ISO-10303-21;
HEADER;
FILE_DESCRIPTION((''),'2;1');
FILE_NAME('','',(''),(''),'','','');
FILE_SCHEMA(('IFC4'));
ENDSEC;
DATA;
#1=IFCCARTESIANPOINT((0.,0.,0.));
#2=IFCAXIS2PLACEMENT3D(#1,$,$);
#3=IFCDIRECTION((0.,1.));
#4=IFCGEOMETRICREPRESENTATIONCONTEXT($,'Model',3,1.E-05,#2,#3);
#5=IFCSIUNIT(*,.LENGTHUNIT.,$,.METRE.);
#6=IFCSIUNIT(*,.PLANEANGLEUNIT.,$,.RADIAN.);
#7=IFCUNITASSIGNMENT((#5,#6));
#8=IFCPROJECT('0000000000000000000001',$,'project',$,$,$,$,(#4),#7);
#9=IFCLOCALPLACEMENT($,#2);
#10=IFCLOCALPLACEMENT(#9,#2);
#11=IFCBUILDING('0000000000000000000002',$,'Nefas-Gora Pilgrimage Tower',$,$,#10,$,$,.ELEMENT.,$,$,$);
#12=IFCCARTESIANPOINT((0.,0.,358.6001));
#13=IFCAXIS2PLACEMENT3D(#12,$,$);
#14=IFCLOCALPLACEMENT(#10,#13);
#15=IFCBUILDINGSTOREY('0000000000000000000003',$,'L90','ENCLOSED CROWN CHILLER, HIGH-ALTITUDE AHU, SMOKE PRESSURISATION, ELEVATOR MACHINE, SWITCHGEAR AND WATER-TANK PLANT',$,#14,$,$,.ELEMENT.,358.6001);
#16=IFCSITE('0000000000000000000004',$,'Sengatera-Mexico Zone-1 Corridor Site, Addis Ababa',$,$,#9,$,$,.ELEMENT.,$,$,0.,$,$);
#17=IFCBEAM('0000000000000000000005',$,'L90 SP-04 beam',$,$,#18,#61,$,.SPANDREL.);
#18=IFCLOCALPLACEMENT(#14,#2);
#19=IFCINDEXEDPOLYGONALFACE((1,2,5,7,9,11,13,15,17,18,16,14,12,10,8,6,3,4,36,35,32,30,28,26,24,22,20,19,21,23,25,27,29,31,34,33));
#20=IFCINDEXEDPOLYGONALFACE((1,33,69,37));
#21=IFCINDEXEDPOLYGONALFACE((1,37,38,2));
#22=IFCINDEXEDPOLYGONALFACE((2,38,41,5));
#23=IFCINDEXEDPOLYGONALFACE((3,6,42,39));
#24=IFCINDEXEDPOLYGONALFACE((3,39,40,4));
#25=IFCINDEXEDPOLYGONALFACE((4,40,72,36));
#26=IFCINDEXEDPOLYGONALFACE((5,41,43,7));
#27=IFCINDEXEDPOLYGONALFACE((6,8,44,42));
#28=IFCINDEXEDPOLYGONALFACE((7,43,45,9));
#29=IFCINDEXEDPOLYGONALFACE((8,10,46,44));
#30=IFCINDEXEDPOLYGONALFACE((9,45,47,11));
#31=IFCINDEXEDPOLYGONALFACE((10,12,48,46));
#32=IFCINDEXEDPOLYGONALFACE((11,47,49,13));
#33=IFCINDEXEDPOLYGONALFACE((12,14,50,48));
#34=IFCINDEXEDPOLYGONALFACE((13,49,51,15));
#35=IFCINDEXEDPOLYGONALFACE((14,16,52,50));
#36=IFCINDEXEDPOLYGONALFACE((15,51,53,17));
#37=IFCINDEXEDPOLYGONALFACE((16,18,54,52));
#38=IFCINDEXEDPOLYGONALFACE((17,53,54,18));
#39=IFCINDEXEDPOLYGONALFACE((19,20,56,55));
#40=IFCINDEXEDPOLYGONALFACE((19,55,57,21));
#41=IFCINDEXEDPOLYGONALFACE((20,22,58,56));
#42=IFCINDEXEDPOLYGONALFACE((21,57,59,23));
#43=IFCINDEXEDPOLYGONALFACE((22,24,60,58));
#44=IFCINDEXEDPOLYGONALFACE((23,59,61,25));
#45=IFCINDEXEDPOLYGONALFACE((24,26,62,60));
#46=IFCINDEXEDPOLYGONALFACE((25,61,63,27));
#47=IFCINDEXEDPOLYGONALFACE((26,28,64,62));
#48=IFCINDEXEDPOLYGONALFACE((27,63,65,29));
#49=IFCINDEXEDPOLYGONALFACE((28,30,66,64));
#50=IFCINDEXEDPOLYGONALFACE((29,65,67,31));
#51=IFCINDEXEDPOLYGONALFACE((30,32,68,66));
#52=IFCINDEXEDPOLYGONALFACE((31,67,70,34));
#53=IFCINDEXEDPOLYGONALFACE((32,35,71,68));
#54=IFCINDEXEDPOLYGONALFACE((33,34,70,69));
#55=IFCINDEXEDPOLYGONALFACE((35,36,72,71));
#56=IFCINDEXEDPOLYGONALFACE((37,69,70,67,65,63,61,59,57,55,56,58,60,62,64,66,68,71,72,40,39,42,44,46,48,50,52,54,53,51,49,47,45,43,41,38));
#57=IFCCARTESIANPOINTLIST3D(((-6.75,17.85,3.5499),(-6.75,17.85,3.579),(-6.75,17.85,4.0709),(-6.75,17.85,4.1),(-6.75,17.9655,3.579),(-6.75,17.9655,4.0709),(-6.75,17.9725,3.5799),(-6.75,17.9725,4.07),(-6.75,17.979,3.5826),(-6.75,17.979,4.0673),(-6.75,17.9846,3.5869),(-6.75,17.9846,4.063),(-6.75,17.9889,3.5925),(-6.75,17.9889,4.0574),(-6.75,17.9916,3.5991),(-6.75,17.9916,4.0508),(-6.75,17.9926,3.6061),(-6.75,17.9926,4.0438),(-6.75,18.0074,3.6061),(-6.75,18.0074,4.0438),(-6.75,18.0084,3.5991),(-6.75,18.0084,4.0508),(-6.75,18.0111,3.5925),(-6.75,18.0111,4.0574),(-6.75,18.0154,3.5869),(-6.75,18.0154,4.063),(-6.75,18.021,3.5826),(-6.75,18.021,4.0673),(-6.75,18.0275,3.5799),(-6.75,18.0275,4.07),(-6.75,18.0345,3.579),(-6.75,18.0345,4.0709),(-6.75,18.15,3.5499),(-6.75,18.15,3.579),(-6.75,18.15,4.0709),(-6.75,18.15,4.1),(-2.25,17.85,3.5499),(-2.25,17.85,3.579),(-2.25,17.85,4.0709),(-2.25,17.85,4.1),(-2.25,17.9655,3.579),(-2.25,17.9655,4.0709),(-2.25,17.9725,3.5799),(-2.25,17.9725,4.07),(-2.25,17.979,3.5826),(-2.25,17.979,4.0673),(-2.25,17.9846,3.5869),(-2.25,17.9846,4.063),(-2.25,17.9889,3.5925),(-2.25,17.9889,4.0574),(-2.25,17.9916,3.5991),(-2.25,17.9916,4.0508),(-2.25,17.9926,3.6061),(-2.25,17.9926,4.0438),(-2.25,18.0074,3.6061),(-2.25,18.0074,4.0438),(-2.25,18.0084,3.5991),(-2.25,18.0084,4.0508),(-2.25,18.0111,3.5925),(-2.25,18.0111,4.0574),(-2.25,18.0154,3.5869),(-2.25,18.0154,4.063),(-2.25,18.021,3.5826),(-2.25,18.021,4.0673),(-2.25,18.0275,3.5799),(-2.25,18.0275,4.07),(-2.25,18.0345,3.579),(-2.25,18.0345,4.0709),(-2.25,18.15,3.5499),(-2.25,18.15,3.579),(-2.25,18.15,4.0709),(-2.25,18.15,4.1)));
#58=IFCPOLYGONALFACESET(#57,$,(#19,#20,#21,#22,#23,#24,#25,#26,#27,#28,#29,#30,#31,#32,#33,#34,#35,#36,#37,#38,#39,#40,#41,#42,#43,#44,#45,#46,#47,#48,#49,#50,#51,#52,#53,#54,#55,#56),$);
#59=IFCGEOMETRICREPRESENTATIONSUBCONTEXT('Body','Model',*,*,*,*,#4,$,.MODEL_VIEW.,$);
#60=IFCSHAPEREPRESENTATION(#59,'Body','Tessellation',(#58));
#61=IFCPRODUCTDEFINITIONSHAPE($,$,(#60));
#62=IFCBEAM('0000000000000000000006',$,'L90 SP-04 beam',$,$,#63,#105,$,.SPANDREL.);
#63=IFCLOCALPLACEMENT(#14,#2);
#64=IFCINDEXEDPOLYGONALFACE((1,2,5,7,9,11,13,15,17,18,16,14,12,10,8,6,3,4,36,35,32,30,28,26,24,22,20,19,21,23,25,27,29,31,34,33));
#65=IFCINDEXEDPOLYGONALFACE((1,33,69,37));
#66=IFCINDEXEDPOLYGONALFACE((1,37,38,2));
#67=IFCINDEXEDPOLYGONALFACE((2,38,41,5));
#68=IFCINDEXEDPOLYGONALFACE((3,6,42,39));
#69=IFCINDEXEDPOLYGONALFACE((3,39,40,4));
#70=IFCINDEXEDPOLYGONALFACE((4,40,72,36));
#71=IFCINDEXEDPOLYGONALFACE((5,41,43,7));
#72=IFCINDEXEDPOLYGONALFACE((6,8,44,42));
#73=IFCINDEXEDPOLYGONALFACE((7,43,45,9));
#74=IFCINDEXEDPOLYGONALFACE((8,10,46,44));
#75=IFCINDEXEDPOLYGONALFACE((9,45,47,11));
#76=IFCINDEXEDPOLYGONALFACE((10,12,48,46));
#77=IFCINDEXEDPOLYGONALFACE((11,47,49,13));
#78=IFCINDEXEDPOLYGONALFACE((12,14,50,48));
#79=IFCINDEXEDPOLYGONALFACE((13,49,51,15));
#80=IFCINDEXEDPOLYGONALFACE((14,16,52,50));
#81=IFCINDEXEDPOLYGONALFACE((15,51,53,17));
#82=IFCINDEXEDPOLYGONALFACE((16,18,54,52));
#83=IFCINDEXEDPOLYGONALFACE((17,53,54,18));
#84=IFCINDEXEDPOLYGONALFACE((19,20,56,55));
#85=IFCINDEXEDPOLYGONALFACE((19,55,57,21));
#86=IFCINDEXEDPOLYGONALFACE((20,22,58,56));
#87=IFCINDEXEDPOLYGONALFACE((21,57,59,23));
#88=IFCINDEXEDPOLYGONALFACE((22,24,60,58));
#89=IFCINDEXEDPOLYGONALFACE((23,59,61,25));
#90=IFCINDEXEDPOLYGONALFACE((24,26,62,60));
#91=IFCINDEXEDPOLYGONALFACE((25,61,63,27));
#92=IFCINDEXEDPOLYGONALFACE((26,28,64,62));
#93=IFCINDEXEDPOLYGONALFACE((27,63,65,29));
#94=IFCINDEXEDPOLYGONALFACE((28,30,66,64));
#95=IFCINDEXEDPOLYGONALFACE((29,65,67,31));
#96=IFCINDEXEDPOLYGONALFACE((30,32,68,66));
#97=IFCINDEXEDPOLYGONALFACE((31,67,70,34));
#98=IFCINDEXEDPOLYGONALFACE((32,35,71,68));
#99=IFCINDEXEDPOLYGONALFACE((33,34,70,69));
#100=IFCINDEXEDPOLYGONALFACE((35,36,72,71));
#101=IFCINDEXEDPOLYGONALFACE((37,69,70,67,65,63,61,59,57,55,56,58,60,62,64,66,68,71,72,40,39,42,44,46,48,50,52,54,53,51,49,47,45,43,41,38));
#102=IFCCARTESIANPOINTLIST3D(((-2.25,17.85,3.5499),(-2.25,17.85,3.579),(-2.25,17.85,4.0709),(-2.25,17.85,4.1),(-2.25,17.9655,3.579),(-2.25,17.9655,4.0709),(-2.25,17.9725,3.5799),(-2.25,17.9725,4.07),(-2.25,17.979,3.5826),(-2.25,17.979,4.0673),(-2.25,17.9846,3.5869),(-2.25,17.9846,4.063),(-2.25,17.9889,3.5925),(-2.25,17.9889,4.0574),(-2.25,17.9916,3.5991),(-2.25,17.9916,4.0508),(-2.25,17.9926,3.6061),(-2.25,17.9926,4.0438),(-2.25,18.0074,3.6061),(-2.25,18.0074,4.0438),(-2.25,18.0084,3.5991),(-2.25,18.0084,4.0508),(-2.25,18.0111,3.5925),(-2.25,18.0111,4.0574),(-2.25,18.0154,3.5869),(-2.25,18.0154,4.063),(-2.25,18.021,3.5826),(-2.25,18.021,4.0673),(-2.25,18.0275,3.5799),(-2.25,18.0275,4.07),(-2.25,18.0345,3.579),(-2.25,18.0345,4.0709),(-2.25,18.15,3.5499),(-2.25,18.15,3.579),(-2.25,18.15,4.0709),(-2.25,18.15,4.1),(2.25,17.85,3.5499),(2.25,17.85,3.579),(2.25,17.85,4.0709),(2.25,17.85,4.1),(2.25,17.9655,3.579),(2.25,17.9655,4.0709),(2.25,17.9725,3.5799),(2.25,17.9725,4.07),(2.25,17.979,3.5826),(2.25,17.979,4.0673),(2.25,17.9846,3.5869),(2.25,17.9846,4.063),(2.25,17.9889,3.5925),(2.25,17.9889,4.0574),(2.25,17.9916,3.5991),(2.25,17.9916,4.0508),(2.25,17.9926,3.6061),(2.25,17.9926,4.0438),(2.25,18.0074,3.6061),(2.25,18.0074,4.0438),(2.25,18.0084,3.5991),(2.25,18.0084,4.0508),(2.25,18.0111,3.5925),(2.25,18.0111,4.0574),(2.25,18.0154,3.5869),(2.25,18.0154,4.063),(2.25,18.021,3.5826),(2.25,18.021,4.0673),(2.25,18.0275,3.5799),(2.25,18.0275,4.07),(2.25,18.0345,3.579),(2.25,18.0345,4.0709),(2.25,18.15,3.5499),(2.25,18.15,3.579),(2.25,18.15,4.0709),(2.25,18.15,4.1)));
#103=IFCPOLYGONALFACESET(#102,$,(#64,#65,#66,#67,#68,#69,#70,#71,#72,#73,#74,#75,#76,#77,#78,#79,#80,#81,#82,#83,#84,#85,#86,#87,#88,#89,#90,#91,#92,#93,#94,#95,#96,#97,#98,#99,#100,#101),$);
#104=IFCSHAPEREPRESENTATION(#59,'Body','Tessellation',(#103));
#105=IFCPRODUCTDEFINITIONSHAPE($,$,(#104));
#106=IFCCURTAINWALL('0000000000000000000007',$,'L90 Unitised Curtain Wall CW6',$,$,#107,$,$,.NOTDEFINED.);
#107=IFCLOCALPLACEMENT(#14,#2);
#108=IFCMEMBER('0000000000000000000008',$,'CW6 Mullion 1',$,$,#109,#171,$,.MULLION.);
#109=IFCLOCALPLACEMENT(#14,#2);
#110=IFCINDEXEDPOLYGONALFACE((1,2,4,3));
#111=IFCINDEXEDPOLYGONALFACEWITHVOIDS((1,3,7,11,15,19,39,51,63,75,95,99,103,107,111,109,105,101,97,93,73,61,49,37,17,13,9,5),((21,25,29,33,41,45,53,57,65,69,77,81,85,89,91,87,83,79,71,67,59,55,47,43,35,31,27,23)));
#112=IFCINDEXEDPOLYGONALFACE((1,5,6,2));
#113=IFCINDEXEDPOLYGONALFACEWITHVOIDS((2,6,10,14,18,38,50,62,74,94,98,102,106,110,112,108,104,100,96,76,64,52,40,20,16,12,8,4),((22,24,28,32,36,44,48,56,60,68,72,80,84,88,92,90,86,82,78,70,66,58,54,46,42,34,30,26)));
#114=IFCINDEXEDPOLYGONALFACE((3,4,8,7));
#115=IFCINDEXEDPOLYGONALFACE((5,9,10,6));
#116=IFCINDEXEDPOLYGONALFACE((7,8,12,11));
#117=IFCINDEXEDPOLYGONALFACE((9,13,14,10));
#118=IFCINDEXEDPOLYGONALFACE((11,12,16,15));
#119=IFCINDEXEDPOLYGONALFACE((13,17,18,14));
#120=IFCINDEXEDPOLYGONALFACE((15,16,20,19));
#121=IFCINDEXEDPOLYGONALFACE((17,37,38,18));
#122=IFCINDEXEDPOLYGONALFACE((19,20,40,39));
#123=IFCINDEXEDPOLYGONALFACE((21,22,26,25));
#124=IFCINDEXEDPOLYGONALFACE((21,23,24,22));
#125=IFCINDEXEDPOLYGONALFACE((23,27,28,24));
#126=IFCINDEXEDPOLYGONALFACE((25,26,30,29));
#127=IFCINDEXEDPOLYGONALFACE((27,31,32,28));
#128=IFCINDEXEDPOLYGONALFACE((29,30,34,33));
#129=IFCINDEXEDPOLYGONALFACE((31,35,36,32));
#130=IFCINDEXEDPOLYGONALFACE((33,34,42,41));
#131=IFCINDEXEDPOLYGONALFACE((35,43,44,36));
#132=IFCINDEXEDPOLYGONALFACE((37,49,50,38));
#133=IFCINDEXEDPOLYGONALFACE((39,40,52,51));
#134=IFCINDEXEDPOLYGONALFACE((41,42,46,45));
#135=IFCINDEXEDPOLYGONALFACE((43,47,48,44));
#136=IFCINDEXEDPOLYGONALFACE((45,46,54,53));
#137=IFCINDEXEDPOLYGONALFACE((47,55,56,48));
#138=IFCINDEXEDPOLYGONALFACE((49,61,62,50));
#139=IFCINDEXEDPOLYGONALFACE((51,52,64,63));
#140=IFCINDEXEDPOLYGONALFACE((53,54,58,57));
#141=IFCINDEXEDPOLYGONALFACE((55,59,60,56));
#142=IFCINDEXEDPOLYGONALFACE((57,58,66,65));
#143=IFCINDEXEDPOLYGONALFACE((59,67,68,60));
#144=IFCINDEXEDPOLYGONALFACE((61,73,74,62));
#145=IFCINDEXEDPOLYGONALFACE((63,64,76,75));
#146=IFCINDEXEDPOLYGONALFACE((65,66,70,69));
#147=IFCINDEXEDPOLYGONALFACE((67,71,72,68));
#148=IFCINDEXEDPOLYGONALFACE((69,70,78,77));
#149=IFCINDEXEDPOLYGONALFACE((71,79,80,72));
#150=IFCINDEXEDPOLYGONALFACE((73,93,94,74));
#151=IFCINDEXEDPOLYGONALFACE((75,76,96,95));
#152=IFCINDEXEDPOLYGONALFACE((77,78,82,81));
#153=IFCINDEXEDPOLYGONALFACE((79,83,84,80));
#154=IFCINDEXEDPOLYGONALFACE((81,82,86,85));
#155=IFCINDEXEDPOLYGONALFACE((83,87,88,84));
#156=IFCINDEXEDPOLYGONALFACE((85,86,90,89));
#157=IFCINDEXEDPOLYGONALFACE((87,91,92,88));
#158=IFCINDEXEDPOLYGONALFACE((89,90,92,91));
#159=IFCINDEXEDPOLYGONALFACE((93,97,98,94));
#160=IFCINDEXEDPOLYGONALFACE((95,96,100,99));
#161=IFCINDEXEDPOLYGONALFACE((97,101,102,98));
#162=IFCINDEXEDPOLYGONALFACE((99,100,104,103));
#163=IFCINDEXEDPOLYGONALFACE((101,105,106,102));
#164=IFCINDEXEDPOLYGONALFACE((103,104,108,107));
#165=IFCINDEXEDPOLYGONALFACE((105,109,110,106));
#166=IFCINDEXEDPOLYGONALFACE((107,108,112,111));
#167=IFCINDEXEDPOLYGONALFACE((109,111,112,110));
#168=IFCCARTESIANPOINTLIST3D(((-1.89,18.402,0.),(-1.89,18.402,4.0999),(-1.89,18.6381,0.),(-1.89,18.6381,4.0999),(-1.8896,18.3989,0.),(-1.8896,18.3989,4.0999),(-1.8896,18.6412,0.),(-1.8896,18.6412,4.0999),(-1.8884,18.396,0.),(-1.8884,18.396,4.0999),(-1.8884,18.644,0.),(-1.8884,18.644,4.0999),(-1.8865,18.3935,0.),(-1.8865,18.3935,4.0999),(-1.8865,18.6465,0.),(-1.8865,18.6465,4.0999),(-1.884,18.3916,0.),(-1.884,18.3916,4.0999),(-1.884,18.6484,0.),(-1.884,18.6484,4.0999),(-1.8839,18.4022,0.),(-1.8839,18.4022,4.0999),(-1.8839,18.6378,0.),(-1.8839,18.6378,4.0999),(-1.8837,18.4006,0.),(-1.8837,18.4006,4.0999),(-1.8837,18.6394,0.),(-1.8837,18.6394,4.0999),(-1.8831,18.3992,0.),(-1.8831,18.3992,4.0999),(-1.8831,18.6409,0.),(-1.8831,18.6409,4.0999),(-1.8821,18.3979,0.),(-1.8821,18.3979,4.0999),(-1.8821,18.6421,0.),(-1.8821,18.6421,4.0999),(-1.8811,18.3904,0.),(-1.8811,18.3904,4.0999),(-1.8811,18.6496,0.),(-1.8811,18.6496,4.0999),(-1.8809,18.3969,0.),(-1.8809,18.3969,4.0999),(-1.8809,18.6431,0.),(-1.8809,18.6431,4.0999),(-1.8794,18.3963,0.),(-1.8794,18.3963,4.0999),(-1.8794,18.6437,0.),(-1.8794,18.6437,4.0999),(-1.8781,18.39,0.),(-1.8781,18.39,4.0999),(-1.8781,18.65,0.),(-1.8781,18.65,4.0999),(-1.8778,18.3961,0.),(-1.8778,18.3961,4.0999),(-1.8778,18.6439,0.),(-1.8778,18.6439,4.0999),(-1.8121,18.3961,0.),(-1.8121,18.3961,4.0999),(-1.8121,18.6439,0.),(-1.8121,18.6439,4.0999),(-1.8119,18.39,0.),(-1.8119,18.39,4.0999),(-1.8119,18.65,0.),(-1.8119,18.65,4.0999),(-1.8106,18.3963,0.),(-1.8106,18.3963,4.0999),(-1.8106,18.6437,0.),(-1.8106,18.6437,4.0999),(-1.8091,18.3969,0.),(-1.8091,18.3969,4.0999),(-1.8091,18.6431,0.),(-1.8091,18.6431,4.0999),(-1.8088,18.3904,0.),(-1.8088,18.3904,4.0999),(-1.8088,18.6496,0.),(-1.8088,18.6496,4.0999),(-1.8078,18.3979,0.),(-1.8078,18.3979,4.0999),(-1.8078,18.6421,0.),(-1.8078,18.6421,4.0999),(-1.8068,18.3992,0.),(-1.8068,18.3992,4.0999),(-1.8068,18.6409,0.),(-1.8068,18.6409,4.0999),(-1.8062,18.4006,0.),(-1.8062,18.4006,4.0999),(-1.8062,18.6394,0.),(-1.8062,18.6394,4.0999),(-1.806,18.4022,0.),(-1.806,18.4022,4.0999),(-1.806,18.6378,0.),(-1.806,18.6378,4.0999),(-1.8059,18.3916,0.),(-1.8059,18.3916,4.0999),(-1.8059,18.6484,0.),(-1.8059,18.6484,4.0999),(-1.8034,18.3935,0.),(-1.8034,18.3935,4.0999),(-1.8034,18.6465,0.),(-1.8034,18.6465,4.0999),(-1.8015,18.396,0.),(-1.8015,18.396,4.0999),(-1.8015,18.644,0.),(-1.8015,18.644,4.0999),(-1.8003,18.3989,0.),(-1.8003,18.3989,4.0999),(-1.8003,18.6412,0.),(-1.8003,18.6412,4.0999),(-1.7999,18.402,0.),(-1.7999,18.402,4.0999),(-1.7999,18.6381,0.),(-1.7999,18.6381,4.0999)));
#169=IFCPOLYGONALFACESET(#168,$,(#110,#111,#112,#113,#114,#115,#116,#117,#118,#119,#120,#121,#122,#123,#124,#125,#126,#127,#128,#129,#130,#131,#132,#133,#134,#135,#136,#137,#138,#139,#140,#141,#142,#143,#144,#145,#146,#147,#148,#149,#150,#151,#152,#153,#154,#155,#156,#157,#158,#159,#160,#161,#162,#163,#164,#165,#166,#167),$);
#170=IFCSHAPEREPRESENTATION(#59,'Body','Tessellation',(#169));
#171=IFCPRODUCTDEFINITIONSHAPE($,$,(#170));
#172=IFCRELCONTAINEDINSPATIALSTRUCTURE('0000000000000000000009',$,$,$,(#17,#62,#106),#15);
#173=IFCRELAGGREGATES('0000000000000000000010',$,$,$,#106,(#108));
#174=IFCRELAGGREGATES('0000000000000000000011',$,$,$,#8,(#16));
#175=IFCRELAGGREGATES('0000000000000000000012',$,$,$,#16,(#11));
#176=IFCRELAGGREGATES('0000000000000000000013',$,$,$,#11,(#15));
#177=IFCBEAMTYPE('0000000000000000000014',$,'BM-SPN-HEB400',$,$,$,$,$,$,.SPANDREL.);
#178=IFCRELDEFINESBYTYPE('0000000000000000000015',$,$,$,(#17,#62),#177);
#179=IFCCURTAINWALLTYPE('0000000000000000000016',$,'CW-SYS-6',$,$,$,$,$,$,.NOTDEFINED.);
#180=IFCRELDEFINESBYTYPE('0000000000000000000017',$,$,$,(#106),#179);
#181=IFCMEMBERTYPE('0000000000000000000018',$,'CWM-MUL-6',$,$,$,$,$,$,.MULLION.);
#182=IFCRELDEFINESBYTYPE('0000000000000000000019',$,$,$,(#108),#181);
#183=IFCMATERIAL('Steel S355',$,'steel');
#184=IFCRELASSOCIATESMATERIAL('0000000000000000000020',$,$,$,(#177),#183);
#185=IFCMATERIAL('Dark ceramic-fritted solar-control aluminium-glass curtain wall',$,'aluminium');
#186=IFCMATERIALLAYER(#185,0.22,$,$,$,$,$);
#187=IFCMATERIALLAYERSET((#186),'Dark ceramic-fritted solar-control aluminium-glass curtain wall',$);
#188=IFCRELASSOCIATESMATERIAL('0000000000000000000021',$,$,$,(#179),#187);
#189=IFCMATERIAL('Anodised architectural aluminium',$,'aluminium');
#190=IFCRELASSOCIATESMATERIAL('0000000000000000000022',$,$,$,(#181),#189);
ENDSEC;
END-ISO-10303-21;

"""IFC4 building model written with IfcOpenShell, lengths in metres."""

from ifc_helpers import new_model, si_unit, direction, frame, origin, origin_2d, place, context, subcontext, project, spatial, hollow_rectangle, i_section, extrude, source, transform, mapped, material, layer, layer_set, material_profile, profile_set, type_object, element, aggregate, save


model = new_model("IFC4")

# Units and contexts
model_context = context("Model", 3, precision=1e-05, world=origin(), true_north=direction((0.0, 1.0)))
body_context = subcontext(model_context, "Body", "Model", "MODEL_VIEW")
ifc_project = project(units=[si_unit("LENGTHUNIT", "METRE"), si_unit("PLANEANGLEUNIT", "RADIAN")], contexts=[model_context])

# Site, building, storey
site_placement = place(None, origin())
site = spatial("IfcSite", under=ifc_project, at=site_placement, Name="Sengatera-Mexico Zone-1 Corridor Site, Addis Ababa", CompositionType="ELEMENT", RefElevation=0.0)
building_placement = place(site_placement, origin())
building = spatial("IfcBuilding", under=site, at=building_placement, Name="Nefas-Gora Pilgrimage Tower", CompositionType="ELEMENT")
storey_placement = place(building_placement, frame((0.0, 0.0, 358.6001)))
storey = spatial("IfcBuildingStorey", under=building, at=storey_placement, Name="L90", Description="ENCLOSED CROWN CHILLER, HIGH-ALTITUDE AHU, SMOKE PRESSURISATION, ELEVATOR MACHINE, SWITCHGEAR AND WATER-TANK PLANT", CompositionType="ELEMENT", Elevation=358.6001)

# Shared definitions
ifc_material_1 = material(Name="Steel S355", Category="steel")

# Beams
ifc_material_profile_1 = material_profile(ifc_material_1, i_section(OverallWidth=0.3, OverallDepth=0.55, WebThickness=0.0149, FlangeThickness=0.0291, FilletRadius=0.0271, at=origin_2d()), Name="HEB 550")
ifc_profile_set_1 = profile_set([ifc_material_profile_1], Name="Steel S355")
beam_type_1 = type_object("IfcBeamType", Name="BM-SPN-HEB400", PredefinedType="SPANDREL", material=ifc_profile_set_1)
shared_shape_1 = source(origin(), body_context, "Body", "SweptSolid", [
    extrude(i_section(OverallWidth=0.3, OverallDepth=0.55, WebThickness=0.0149, FlangeThickness=0.0291, FilletRadius=0.0271, at=origin_2d()), origin(), (0.0, 0.0, 1.0), 4.5),
])
for number, where, z_axis, x_axis, name in (
    (1, (-6.75, 18.0, 3.825), (1.0, 0.0, 0.0), (0.0, 1.0, 0.0), "L90 SP-04 beam"),
    (2, (-2.25, 18.0, 3.825), (1.0, 0.0, 0.0), (0.0, 1.0, 0.0), "L90 SP-04 beam"),
):
    element("IfcBeam", number, at=place(storey_placement, frame(where, z_axis=z_axis, x_axis=x_axis)), inside=storey, type_object=beam_type_1, Name=name, PredefinedType="SPANDREL", context=body_context, shape_type="MappedRepresentation", body=[
        mapped(shared_shape_1, transform((0.0, 0.0, 0.0), x_axis=(1.0, 0.0, 0.0), y_axis=(0.0, 1.0, 0.0), z_axis=(0.0, 0.0, 1.0), scale=1.0)),
    ])

# Curtain wall, member
ifc_material_2 = material(Name="Dark ceramic-fritted solar-control aluminium-glass curtain wall", Category="aluminium")
ifc_layer_1 = layer(ifc_material_2, 0.22)
ifc_layer_set_1 = layer_set([ifc_layer_1], Name="Dark ceramic-fritted solar-control aluminium-glass curtain wall")
curtain_wall_type = type_object("IfcCurtainWallType", Name="CW-SYS-6", PredefinedType="NOTDEFINED", material=ifc_layer_set_1)
curtain_wall_placement = place(storey_placement, origin())
curtain_wall = element("IfcCurtainWall", 3, at=curtain_wall_placement, inside=storey, type_object=curtain_wall_type, Name="L90 Unitised Curtain Wall CW6", PredefinedType="NOTDEFINED")
ifc_material_3 = material(Name="Anodised architectural aluminium", Category="aluminium")
ifc_material_profile_2 = material_profile(ifc_material_3, hollow_rectangle(XDim=0.0901, YDim=0.26, WallThickness=0.0061, InnerFilletRadius=0.0061, OuterFilletRadius=0.012, at=origin_2d()), Name="ALU MULLION 90x260")
ifc_profile_set_2 = profile_set([ifc_material_profile_2], Name="Anodised architectural aluminium")
member_type_1 = type_object("IfcMemberType", Name="CWM-MUL-6", PredefinedType="MULLION", material=ifc_profile_set_2)
shared_shape_2 = source(origin(), body_context, "Body", "SweptSolid", [
    extrude(hollow_rectangle(XDim=0.0901, YDim=0.26, WallThickness=0.0061, InnerFilletRadius=0.0061, OuterFilletRadius=0.012, at=origin_2d()), origin(), (0.0, 0.0, 1.0), 4.0999),
])
member_1_placement = place(storey_placement, frame((-1.845, 18.52, 0.0), z_axis=(0.0, 0.0, 1.0), x_axis=(-1.0, 0.0, 0.0)))
member_1 = element("IfcMember", 4, at=member_1_placement, type_object=member_type_1, Name="CW6 Mullion 1", PredefinedType="MULLION", context=body_context, shape_type="MappedRepresentation", body=[
    mapped(shared_shape_2, transform((0.0, 0.0, 0.0), x_axis=(1.0, 0.0, 0.0), y_axis=(0.0, 1.0, 0.0), z_axis=(0.0, 0.0, 1.0), scale=1.0)),
])
aggregate(curtain_wall, [member_1])

save(model, "model.ifc")
